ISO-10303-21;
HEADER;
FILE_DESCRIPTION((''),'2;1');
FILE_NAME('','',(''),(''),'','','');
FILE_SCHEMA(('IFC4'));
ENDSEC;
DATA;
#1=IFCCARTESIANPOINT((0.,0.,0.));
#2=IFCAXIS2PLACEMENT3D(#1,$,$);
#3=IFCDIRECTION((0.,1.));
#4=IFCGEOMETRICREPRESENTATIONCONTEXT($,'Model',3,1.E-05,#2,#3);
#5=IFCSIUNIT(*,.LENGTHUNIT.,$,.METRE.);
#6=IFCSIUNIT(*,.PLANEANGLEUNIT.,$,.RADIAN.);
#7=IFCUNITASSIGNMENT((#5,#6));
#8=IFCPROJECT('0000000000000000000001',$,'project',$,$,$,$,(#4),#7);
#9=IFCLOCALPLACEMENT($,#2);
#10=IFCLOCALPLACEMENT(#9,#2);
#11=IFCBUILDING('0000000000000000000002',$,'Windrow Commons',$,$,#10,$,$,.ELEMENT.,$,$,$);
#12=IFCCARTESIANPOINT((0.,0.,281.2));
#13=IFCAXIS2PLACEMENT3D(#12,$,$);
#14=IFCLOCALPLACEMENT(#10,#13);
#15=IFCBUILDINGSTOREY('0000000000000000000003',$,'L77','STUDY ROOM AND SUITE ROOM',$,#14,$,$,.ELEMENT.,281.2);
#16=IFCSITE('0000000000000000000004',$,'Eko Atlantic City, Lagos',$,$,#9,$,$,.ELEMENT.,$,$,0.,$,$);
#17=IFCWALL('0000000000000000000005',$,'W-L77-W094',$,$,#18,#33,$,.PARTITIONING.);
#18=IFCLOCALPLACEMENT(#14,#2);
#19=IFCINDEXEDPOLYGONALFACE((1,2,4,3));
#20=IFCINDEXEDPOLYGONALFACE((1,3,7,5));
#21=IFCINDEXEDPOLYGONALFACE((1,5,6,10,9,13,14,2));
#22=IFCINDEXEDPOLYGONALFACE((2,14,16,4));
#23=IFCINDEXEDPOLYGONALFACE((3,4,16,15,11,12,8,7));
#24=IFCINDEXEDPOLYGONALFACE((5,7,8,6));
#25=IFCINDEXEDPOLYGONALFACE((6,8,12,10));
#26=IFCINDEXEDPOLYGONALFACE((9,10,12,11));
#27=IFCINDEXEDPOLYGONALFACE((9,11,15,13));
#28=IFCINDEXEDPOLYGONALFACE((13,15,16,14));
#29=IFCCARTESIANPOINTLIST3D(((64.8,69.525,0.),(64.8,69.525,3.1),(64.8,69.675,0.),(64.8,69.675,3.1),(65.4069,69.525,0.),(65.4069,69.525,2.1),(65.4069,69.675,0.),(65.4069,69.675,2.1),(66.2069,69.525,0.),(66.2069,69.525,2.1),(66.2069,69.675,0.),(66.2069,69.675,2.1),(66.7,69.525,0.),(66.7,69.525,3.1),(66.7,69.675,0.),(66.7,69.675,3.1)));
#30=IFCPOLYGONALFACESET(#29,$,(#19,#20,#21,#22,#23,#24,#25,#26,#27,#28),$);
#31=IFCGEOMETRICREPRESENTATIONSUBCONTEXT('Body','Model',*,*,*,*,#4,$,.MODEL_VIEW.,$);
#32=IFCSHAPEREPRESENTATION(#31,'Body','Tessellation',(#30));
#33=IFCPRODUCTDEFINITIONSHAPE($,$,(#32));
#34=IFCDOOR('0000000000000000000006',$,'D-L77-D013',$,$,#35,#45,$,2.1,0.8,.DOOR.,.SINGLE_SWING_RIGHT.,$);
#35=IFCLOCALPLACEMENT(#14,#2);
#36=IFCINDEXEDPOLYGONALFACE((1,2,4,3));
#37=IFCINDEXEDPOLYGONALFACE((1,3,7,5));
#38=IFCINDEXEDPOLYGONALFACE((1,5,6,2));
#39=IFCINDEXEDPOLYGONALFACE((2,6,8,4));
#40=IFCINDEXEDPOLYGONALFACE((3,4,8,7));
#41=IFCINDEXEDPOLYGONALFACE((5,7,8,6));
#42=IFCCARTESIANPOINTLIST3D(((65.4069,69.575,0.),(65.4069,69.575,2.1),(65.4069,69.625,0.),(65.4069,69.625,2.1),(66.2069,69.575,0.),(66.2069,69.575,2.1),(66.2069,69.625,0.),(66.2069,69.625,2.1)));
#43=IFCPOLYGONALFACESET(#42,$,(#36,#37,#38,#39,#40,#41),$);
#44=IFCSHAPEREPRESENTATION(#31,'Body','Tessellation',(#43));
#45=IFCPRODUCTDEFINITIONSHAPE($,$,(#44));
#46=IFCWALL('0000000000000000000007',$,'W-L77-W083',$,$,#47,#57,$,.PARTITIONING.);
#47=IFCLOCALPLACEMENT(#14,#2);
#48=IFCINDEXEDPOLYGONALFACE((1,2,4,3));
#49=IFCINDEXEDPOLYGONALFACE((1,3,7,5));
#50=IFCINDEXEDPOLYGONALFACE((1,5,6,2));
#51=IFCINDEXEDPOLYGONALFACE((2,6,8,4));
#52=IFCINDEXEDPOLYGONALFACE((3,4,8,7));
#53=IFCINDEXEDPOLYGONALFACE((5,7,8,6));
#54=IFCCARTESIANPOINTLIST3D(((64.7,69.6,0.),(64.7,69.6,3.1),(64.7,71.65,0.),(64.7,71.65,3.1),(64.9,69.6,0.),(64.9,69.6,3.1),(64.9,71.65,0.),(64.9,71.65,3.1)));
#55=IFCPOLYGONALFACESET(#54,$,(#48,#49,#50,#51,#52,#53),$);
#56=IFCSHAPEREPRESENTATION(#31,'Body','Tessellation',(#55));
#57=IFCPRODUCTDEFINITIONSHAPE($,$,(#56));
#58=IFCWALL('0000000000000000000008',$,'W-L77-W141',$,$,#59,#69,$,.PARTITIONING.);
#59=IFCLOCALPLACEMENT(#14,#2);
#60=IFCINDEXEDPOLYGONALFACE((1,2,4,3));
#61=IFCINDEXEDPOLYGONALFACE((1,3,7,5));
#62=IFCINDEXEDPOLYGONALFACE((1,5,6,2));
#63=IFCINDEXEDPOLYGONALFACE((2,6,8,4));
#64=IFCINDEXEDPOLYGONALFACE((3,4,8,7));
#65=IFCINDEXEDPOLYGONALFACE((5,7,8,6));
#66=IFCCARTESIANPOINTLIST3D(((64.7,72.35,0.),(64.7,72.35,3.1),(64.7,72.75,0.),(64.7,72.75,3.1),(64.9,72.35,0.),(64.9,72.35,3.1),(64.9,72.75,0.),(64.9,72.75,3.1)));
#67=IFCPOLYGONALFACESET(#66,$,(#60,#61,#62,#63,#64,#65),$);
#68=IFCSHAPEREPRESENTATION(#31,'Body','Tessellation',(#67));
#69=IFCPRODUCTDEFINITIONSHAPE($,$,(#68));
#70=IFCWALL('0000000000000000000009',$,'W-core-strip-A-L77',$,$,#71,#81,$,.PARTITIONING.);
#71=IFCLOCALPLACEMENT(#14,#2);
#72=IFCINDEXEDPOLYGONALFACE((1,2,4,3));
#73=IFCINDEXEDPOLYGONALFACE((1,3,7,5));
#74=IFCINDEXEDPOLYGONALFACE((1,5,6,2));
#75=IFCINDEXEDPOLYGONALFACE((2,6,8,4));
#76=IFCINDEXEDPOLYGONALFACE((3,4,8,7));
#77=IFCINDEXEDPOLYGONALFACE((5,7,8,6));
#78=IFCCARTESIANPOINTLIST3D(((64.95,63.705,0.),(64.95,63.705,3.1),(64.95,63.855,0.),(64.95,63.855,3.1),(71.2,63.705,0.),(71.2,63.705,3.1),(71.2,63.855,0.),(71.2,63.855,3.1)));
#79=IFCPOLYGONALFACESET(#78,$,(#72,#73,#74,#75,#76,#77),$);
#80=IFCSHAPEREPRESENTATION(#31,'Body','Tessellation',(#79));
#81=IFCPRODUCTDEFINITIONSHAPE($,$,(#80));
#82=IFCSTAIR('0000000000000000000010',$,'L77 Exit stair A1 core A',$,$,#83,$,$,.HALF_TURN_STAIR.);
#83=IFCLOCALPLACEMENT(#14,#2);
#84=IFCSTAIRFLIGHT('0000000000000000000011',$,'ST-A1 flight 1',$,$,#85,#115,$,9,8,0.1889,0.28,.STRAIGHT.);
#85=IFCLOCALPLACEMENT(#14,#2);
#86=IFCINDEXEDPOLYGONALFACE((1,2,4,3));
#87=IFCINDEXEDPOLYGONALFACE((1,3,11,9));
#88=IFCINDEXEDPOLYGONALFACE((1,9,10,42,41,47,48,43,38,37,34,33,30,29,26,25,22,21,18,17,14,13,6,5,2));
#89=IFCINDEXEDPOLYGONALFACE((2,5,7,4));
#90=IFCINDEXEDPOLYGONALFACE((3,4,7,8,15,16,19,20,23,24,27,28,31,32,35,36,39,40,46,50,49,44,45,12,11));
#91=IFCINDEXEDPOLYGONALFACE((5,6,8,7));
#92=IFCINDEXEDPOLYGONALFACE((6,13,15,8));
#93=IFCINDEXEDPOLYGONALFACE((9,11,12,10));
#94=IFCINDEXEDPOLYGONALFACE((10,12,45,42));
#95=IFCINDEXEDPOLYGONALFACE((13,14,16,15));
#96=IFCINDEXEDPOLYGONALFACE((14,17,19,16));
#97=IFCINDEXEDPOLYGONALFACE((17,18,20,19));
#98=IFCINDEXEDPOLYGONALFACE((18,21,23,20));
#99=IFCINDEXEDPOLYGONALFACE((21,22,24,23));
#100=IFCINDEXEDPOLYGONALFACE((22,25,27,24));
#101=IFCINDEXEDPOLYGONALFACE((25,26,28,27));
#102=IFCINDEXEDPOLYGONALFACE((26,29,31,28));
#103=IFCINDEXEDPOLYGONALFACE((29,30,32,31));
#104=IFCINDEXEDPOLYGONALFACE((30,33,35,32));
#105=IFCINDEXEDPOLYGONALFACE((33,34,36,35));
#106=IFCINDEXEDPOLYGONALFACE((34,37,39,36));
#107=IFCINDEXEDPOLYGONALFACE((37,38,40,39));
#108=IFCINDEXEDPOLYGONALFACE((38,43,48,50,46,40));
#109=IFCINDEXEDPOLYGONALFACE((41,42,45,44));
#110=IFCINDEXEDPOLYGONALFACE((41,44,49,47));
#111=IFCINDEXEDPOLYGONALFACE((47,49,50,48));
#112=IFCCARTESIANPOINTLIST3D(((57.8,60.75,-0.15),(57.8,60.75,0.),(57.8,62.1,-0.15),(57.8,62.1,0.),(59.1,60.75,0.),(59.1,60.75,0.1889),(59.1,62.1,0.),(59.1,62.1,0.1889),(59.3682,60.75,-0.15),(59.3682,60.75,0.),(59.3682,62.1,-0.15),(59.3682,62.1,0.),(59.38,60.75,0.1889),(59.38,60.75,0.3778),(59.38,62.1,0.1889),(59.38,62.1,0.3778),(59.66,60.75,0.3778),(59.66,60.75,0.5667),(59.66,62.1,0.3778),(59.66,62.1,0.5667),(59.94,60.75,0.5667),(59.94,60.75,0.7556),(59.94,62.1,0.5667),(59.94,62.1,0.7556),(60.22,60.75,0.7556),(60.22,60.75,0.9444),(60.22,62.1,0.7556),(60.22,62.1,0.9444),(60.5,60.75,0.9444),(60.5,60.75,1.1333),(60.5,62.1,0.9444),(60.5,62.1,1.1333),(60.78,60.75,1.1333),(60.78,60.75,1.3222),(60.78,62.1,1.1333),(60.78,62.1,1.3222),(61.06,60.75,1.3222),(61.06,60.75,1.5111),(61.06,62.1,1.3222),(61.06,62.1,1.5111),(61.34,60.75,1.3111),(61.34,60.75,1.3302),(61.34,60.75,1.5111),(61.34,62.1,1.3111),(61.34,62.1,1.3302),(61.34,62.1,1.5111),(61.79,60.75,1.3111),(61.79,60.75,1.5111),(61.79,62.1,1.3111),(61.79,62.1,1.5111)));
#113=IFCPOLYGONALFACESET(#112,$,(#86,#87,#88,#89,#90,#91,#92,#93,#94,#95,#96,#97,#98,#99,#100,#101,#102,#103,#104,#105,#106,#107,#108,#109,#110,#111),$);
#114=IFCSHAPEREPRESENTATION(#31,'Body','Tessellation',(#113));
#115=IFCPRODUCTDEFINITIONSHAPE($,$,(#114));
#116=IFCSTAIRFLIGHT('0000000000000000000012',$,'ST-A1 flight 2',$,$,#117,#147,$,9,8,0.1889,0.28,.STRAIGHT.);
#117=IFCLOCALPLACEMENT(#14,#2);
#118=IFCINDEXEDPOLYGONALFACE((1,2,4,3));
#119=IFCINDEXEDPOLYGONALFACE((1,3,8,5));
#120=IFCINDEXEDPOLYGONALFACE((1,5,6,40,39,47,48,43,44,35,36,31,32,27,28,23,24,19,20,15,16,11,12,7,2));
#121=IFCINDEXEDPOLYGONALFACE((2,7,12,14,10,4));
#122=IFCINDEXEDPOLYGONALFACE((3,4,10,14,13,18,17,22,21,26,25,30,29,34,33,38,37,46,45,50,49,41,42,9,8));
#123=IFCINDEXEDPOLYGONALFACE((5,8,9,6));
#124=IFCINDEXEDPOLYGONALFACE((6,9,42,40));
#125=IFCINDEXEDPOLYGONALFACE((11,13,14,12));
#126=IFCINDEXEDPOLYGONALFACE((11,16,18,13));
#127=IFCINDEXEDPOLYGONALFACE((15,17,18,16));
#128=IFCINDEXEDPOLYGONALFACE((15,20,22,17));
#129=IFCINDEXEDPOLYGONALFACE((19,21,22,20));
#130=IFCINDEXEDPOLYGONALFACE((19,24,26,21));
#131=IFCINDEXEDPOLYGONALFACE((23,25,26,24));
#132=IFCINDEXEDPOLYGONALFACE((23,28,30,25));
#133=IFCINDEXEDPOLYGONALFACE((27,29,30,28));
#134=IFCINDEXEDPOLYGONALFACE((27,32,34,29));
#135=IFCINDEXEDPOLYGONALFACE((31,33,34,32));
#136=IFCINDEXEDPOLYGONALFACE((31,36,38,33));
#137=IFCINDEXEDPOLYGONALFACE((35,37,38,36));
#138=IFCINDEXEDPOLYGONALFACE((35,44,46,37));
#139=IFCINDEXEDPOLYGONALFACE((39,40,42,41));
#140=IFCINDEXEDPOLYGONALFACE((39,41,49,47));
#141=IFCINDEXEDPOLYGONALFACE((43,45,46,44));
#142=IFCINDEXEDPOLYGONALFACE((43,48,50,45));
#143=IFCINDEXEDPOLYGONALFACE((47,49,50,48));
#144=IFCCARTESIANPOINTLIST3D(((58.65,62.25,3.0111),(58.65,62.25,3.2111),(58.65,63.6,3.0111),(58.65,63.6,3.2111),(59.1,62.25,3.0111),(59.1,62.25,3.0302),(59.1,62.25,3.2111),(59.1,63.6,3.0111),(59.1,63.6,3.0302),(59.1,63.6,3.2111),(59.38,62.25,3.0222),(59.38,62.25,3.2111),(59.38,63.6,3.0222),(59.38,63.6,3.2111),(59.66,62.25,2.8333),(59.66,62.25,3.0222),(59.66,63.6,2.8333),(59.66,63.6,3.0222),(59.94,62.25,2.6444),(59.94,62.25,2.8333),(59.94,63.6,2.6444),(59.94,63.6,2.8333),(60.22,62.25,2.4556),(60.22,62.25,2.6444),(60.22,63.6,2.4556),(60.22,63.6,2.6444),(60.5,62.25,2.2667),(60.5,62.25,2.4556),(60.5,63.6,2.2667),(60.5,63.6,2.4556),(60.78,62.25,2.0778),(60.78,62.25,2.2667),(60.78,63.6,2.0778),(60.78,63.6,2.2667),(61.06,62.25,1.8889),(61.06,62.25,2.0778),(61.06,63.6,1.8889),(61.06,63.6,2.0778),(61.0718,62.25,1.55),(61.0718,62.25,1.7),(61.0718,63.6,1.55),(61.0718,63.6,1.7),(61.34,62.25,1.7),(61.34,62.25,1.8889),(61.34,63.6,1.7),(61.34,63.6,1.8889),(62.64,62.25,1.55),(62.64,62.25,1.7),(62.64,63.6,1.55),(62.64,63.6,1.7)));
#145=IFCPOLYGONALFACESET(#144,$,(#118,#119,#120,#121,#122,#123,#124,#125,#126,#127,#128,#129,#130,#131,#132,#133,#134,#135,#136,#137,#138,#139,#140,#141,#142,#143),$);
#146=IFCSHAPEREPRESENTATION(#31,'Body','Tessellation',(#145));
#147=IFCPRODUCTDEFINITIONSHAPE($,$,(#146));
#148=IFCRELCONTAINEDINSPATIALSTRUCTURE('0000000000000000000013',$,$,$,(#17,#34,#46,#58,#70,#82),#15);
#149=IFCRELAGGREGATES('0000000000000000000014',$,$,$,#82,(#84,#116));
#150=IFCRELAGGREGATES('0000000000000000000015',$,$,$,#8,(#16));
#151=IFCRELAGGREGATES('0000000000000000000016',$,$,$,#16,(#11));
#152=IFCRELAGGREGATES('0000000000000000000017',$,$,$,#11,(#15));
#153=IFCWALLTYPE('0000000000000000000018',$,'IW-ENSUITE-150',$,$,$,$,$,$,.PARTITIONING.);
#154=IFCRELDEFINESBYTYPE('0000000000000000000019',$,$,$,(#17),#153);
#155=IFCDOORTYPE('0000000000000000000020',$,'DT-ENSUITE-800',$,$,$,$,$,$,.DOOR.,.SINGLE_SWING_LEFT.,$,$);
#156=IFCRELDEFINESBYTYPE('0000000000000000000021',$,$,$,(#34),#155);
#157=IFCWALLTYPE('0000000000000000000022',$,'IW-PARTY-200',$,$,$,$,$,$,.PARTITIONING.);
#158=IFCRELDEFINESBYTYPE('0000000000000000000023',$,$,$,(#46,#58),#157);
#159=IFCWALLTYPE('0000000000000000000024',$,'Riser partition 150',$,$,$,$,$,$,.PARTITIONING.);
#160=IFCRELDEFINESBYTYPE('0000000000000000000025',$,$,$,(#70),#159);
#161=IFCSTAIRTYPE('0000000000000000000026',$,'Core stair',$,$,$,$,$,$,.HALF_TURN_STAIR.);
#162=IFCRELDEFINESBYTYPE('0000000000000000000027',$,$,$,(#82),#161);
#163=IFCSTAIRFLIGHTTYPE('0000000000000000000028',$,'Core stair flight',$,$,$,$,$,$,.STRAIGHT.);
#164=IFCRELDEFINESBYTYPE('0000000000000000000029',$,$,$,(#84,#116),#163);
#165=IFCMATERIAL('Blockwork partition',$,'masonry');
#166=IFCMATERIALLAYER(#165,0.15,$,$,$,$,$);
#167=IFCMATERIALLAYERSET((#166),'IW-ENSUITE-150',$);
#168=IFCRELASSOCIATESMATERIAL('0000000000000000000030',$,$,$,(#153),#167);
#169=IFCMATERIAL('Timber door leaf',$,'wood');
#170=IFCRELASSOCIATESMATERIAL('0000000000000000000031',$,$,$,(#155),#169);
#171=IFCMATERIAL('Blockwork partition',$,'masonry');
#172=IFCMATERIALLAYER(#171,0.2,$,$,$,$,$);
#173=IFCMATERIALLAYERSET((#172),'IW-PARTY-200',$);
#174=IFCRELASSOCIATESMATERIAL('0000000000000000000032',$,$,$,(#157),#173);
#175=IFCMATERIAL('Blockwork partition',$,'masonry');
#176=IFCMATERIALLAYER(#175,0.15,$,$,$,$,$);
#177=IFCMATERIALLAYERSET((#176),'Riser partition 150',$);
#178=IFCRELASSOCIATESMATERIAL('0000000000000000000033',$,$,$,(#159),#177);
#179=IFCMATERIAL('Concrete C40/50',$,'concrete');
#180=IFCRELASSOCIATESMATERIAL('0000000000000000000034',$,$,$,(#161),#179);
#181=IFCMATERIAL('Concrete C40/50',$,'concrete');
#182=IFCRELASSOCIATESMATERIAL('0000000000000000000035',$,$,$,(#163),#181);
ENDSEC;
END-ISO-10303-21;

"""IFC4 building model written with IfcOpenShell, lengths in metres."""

from ifc_helpers import new_model, si_unit, direction, frame, frame_2d, origin, place, context, subcontext, project, spatial, polyline, rectangle, outline, extrude, material, layer, layer_set, type_object, element, fill, aggregate, save


model = new_model("IFC4")

# Units and contexts
model_context = context("Model", 3, precision=1e-05, world=origin(), true_north=direction((0.0, 1.0)))
body_context = subcontext(model_context, "Body", "Model", "MODEL_VIEW")
ifc_project = project(units=[si_unit("LENGTHUNIT", "METRE"), si_unit("PLANEANGLEUNIT", "RADIAN")], contexts=[model_context])

# Site, building, storey
site_placement = place(None, origin())
site = spatial("IfcSite", under=ifc_project, at=site_placement, Name="Eko Atlantic City, Lagos", CompositionType="ELEMENT", RefElevation=0.0)
building_placement = place(site_placement, origin())
building = spatial("IfcBuilding", under=site, at=building_placement, Name="Windrow Commons", CompositionType="ELEMENT")
storey_placement = place(building_placement, frame((0.0, 0.0, 281.2)))
storey = spatial("IfcBuildingStorey", under=building, at=storey_placement, Name="L77", Description="STUDY ROOM AND SUITE ROOM", CompositionType="ELEMENT", Elevation=281.2)

# Shared definitions
ifc_material_1 = material(Name="Blockwork partition", Category="masonry")
ifc_layer_1 = layer(ifc_material_1, 0.15)
ifc_layer_set_1 = layer_set([ifc_layer_1], Name="IW-ENSUITE-150")
wall_type_1 = type_object("IfcWallType", Name="IW-ENSUITE-150", PredefinedType="PARTITIONING", material=ifc_layer_set_1)

# Wall, opening, door
wall_1_placement = place(storey_placement, frame((64.8, 69.6, 0.0), z_axis=(0.0, 0.0, 1.0), x_axis=(1.0, 0.0, 0.0)))
wall_1 = element("IfcWall", 1, at=wall_1_placement, inside=storey, type_object=wall_type_1, Name="W-L77-W094", PredefinedType="PARTITIONING", context=body_context, shape_type="SweptSolid", body=[
    extrude(rectangle(XDim=1.9, YDim=0.15, at=frame_2d((0.95, 0.0))), origin(), (0.0, 0.0, 1.0), 3.1),
])
opening_1_placement = place(wall_1_placement, frame((0.6069, 0.0, 0.0)))
opening_1 = element("IfcOpeningElement", 2, at=opening_1_placement, cuts=wall_1, PredefinedType="OPENING", context=body_context, shape_type="SweptSolid", body=[
    extrude(rectangle(XDim=0.8, YDim=2.1, at=frame_2d((0.4, 1.05))), frame((0.0, 0.085, 0.0), z_axis=(0.0, -1.0, 0.0), x_axis=(1.0, 0.0, 0.0)), (0.0, 0.0, 1.0), 0.17),
])
ifc_material_2 = material(Name="Timber door leaf", Category="wood")
door_type = type_object("IfcDoorType", Name="DT-ENSUITE-800", OperationType="SINGLE_SWING_LEFT", PredefinedType="DOOR", material=ifc_material_2)
door_placement = place(opening_1_placement, origin())
door = element("IfcDoor", 3, at=door_placement, inside=storey, type_object=door_type, Name="D-L77-D013", OperationType="SINGLE_SWING_RIGHT", OverallHeight=2.1, OverallWidth=0.8, PredefinedType="DOOR", context=body_context, shape_type="SweptSolid", body=[
    extrude(rectangle(XDim=0.8, YDim=2.1, at=frame_2d((0.4, 1.05))), frame((0.0, 0.025, 0.0), z_axis=(0.0, -1.0, 0.0), x_axis=(1.0, 0.0, 0.0)), (0.0, 0.0, 1.0), 0.05),
])
fill(opening_1, door)

# Walls
ifc_material_3 = material(Name="Blockwork partition", Category="masonry")
ifc_layer_2 = layer(ifc_material_3, 0.2)
ifc_layer_set_2 = layer_set([ifc_layer_2], Name="IW-PARTY-200")
wall_type_2 = type_object("IfcWallType", Name="IW-PARTY-200", PredefinedType="PARTITIONING", material=ifc_layer_set_2)
wall_2_placement = place(storey_placement, frame((64.8, 69.6, 0.0), z_axis=(0.0, 0.0, 1.0), x_axis=(0.0, 1.0, 0.0)))
element("IfcWall", 4, at=wall_2_placement, inside=storey, type_object=wall_type_2, Name="W-L77-W083", PredefinedType="PARTITIONING", context=body_context, shape_type="SweptSolid", body=[
    extrude(rectangle(XDim=2.05, YDim=0.2, at=frame_2d((1.025, 0.0))), origin(), (0.0, 0.0, 1.0), 3.1),
])
wall_3_placement = place(storey_placement, frame((64.8, 72.35, 0.0), z_axis=(0.0, 0.0, 1.0), x_axis=(0.0, 1.0, 0.0)))
element("IfcWall", 5, at=wall_3_placement, inside=storey, type_object=wall_type_2, Name="W-L77-W141", PredefinedType="PARTITIONING", context=body_context, shape_type="SweptSolid", body=[
    extrude(rectangle(XDim=0.4, YDim=0.2, at=frame_2d((0.2, 0.0))), origin(), (0.0, 0.0, 1.0), 3.1),
])
ifc_material_4 = material(Name="Blockwork partition", Category="masonry")
ifc_layer_3 = layer(ifc_material_4, 0.15)
ifc_layer_set_3 = layer_set([ifc_layer_3], Name="Riser partition 150")
wall_type_3 = type_object("IfcWallType", Name="Riser partition 150", PredefinedType="PARTITIONING", material=ifc_layer_set_3)
wall_4_placement = place(storey_placement, frame((64.95, 63.78, 0.0), z_axis=(0.0, 0.0, 1.0), x_axis=(1.0, 0.0, 0.0)))
element("IfcWall", 6, at=wall_4_placement, inside=storey, type_object=wall_type_3, Name="W-core-strip-A-L77", PredefinedType="PARTITIONING", context=body_context, shape_type="SweptSolid", body=[
    extrude(rectangle(XDim=6.25, YDim=0.15, at=frame_2d((3.125, 0.0))), origin(), (0.0, 0.0, 1.0), 3.1),
])

# Stair, stair flights
ifc_material_5 = material(Name="Concrete C40/50", Category="concrete")
stair_type = type_object("IfcStairType", Name="Core stair", PredefinedType="HALF_TURN_STAIR", material=ifc_material_5)
placement = place(storey_placement, origin())
stair_1 = element("IfcStair", 7, at=placement, inside=storey, type_object=stair_type, Name="L77 Exit stair A1 core A", PredefinedType="HALF_TURN_STAIR")
ifc_material_6 = material(Name="Concrete C40/50", Category="concrete")
stair_flight_type = type_object("IfcStairFlightType", Name="Core stair flight", PredefinedType="STRAIGHT", material=ifc_material_6)
stair_flight_1_placement = place(storey_placement, frame((59.1, 61.425, 0.0), z_axis=(0.0, 0.0, 1.0), x_axis=(1.0, 0.0, 0.0)))
stair_flight_1 = element("IfcStairFlight", 8, at=stair_flight_1_placement, type_object=stair_flight_type, Name="ST-A1 flight 1", NumberOfRisers=9, NumberOfTreads=8, PredefinedType="STRAIGHT", RiserHeight=0.1889, TreadLength=0.28, context=body_context, shape_type="SweptSolid", body=[
    extrude(outline(polyline([(-1.3, -0.15), (-1.3, 0.0), (0.0, 0.0), (0.0, 0.1889), (0.28, 0.1889), (0.28, 0.3778), (0.56, 0.3778), (0.56, 0.5667), (0.84, 0.5667), (0.84, 0.7556), (1.12, 0.7556), (1.12, 0.9444), (1.4, 0.9444), (1.4, 1.1333), (1.68, 1.1333), (1.68, 1.3222), (1.96, 1.3222), (1.96, 1.5111), (2.24, 1.5111), (2.69, 1.5111), (2.69, 1.3111), (2.24, 1.3111), (2.24, 1.3302), (0.2682, 0.0), (0.2682, -0.15), (-1.3, -0.15)])), frame((0.0, 0.675, 0.0), z_axis=(0.0, -1.0, 0.0), x_axis=(1.0, 0.0, 0.0)), (0.0, 0.0, 1.0), 1.35),
])
stair_flight_2_placement = place(storey_placement, frame((61.34, 62.925, 1.7), z_axis=(0.0, 0.0, 1.0), x_axis=(-1.0, 0.0, 0.0)))
stair_flight_2 = element("IfcStairFlight", 9, at=stair_flight_2_placement, type_object=stair_flight_type, Name="ST-A1 flight 2", NumberOfRisers=9, NumberOfTreads=8, PredefinedType="STRAIGHT", RiserHeight=0.1889, TreadLength=0.28, context=body_context, shape_type="SweptSolid", body=[
    extrude(outline(polyline([(-1.3, -0.15), (-1.3, 0.0), (0.0, 0.0), (0.0, 0.1889), (0.28, 0.1889), (0.28, 0.3778), (0.56, 0.3778), (0.56, 0.5667), (0.84, 0.5667), (0.84, 0.7556), (1.12, 0.7556), (1.12, 0.9444), (1.4, 0.9444), (1.4, 1.1333), (1.68, 1.1333), (1.68, 1.3222), (1.96, 1.3222), (1.96, 1.5111), (2.24, 1.5111), (2.69, 1.5111), (2.69, 1.3111), (2.24, 1.3111), (2.24, 1.3302), (0.2682, 0.0), (0.2682, -0.15), (-1.3, -0.15)])), frame((0.0, 0.675, 0.0), z_axis=(0.0, -1.0, 0.0), x_axis=(1.0, 0.0, 0.0)), (0.0, 0.0, 1.0), 1.35),
])
aggregate(stair_1, [stair_flight_1, stair_flight_2])

save(model, "model.ifc")
